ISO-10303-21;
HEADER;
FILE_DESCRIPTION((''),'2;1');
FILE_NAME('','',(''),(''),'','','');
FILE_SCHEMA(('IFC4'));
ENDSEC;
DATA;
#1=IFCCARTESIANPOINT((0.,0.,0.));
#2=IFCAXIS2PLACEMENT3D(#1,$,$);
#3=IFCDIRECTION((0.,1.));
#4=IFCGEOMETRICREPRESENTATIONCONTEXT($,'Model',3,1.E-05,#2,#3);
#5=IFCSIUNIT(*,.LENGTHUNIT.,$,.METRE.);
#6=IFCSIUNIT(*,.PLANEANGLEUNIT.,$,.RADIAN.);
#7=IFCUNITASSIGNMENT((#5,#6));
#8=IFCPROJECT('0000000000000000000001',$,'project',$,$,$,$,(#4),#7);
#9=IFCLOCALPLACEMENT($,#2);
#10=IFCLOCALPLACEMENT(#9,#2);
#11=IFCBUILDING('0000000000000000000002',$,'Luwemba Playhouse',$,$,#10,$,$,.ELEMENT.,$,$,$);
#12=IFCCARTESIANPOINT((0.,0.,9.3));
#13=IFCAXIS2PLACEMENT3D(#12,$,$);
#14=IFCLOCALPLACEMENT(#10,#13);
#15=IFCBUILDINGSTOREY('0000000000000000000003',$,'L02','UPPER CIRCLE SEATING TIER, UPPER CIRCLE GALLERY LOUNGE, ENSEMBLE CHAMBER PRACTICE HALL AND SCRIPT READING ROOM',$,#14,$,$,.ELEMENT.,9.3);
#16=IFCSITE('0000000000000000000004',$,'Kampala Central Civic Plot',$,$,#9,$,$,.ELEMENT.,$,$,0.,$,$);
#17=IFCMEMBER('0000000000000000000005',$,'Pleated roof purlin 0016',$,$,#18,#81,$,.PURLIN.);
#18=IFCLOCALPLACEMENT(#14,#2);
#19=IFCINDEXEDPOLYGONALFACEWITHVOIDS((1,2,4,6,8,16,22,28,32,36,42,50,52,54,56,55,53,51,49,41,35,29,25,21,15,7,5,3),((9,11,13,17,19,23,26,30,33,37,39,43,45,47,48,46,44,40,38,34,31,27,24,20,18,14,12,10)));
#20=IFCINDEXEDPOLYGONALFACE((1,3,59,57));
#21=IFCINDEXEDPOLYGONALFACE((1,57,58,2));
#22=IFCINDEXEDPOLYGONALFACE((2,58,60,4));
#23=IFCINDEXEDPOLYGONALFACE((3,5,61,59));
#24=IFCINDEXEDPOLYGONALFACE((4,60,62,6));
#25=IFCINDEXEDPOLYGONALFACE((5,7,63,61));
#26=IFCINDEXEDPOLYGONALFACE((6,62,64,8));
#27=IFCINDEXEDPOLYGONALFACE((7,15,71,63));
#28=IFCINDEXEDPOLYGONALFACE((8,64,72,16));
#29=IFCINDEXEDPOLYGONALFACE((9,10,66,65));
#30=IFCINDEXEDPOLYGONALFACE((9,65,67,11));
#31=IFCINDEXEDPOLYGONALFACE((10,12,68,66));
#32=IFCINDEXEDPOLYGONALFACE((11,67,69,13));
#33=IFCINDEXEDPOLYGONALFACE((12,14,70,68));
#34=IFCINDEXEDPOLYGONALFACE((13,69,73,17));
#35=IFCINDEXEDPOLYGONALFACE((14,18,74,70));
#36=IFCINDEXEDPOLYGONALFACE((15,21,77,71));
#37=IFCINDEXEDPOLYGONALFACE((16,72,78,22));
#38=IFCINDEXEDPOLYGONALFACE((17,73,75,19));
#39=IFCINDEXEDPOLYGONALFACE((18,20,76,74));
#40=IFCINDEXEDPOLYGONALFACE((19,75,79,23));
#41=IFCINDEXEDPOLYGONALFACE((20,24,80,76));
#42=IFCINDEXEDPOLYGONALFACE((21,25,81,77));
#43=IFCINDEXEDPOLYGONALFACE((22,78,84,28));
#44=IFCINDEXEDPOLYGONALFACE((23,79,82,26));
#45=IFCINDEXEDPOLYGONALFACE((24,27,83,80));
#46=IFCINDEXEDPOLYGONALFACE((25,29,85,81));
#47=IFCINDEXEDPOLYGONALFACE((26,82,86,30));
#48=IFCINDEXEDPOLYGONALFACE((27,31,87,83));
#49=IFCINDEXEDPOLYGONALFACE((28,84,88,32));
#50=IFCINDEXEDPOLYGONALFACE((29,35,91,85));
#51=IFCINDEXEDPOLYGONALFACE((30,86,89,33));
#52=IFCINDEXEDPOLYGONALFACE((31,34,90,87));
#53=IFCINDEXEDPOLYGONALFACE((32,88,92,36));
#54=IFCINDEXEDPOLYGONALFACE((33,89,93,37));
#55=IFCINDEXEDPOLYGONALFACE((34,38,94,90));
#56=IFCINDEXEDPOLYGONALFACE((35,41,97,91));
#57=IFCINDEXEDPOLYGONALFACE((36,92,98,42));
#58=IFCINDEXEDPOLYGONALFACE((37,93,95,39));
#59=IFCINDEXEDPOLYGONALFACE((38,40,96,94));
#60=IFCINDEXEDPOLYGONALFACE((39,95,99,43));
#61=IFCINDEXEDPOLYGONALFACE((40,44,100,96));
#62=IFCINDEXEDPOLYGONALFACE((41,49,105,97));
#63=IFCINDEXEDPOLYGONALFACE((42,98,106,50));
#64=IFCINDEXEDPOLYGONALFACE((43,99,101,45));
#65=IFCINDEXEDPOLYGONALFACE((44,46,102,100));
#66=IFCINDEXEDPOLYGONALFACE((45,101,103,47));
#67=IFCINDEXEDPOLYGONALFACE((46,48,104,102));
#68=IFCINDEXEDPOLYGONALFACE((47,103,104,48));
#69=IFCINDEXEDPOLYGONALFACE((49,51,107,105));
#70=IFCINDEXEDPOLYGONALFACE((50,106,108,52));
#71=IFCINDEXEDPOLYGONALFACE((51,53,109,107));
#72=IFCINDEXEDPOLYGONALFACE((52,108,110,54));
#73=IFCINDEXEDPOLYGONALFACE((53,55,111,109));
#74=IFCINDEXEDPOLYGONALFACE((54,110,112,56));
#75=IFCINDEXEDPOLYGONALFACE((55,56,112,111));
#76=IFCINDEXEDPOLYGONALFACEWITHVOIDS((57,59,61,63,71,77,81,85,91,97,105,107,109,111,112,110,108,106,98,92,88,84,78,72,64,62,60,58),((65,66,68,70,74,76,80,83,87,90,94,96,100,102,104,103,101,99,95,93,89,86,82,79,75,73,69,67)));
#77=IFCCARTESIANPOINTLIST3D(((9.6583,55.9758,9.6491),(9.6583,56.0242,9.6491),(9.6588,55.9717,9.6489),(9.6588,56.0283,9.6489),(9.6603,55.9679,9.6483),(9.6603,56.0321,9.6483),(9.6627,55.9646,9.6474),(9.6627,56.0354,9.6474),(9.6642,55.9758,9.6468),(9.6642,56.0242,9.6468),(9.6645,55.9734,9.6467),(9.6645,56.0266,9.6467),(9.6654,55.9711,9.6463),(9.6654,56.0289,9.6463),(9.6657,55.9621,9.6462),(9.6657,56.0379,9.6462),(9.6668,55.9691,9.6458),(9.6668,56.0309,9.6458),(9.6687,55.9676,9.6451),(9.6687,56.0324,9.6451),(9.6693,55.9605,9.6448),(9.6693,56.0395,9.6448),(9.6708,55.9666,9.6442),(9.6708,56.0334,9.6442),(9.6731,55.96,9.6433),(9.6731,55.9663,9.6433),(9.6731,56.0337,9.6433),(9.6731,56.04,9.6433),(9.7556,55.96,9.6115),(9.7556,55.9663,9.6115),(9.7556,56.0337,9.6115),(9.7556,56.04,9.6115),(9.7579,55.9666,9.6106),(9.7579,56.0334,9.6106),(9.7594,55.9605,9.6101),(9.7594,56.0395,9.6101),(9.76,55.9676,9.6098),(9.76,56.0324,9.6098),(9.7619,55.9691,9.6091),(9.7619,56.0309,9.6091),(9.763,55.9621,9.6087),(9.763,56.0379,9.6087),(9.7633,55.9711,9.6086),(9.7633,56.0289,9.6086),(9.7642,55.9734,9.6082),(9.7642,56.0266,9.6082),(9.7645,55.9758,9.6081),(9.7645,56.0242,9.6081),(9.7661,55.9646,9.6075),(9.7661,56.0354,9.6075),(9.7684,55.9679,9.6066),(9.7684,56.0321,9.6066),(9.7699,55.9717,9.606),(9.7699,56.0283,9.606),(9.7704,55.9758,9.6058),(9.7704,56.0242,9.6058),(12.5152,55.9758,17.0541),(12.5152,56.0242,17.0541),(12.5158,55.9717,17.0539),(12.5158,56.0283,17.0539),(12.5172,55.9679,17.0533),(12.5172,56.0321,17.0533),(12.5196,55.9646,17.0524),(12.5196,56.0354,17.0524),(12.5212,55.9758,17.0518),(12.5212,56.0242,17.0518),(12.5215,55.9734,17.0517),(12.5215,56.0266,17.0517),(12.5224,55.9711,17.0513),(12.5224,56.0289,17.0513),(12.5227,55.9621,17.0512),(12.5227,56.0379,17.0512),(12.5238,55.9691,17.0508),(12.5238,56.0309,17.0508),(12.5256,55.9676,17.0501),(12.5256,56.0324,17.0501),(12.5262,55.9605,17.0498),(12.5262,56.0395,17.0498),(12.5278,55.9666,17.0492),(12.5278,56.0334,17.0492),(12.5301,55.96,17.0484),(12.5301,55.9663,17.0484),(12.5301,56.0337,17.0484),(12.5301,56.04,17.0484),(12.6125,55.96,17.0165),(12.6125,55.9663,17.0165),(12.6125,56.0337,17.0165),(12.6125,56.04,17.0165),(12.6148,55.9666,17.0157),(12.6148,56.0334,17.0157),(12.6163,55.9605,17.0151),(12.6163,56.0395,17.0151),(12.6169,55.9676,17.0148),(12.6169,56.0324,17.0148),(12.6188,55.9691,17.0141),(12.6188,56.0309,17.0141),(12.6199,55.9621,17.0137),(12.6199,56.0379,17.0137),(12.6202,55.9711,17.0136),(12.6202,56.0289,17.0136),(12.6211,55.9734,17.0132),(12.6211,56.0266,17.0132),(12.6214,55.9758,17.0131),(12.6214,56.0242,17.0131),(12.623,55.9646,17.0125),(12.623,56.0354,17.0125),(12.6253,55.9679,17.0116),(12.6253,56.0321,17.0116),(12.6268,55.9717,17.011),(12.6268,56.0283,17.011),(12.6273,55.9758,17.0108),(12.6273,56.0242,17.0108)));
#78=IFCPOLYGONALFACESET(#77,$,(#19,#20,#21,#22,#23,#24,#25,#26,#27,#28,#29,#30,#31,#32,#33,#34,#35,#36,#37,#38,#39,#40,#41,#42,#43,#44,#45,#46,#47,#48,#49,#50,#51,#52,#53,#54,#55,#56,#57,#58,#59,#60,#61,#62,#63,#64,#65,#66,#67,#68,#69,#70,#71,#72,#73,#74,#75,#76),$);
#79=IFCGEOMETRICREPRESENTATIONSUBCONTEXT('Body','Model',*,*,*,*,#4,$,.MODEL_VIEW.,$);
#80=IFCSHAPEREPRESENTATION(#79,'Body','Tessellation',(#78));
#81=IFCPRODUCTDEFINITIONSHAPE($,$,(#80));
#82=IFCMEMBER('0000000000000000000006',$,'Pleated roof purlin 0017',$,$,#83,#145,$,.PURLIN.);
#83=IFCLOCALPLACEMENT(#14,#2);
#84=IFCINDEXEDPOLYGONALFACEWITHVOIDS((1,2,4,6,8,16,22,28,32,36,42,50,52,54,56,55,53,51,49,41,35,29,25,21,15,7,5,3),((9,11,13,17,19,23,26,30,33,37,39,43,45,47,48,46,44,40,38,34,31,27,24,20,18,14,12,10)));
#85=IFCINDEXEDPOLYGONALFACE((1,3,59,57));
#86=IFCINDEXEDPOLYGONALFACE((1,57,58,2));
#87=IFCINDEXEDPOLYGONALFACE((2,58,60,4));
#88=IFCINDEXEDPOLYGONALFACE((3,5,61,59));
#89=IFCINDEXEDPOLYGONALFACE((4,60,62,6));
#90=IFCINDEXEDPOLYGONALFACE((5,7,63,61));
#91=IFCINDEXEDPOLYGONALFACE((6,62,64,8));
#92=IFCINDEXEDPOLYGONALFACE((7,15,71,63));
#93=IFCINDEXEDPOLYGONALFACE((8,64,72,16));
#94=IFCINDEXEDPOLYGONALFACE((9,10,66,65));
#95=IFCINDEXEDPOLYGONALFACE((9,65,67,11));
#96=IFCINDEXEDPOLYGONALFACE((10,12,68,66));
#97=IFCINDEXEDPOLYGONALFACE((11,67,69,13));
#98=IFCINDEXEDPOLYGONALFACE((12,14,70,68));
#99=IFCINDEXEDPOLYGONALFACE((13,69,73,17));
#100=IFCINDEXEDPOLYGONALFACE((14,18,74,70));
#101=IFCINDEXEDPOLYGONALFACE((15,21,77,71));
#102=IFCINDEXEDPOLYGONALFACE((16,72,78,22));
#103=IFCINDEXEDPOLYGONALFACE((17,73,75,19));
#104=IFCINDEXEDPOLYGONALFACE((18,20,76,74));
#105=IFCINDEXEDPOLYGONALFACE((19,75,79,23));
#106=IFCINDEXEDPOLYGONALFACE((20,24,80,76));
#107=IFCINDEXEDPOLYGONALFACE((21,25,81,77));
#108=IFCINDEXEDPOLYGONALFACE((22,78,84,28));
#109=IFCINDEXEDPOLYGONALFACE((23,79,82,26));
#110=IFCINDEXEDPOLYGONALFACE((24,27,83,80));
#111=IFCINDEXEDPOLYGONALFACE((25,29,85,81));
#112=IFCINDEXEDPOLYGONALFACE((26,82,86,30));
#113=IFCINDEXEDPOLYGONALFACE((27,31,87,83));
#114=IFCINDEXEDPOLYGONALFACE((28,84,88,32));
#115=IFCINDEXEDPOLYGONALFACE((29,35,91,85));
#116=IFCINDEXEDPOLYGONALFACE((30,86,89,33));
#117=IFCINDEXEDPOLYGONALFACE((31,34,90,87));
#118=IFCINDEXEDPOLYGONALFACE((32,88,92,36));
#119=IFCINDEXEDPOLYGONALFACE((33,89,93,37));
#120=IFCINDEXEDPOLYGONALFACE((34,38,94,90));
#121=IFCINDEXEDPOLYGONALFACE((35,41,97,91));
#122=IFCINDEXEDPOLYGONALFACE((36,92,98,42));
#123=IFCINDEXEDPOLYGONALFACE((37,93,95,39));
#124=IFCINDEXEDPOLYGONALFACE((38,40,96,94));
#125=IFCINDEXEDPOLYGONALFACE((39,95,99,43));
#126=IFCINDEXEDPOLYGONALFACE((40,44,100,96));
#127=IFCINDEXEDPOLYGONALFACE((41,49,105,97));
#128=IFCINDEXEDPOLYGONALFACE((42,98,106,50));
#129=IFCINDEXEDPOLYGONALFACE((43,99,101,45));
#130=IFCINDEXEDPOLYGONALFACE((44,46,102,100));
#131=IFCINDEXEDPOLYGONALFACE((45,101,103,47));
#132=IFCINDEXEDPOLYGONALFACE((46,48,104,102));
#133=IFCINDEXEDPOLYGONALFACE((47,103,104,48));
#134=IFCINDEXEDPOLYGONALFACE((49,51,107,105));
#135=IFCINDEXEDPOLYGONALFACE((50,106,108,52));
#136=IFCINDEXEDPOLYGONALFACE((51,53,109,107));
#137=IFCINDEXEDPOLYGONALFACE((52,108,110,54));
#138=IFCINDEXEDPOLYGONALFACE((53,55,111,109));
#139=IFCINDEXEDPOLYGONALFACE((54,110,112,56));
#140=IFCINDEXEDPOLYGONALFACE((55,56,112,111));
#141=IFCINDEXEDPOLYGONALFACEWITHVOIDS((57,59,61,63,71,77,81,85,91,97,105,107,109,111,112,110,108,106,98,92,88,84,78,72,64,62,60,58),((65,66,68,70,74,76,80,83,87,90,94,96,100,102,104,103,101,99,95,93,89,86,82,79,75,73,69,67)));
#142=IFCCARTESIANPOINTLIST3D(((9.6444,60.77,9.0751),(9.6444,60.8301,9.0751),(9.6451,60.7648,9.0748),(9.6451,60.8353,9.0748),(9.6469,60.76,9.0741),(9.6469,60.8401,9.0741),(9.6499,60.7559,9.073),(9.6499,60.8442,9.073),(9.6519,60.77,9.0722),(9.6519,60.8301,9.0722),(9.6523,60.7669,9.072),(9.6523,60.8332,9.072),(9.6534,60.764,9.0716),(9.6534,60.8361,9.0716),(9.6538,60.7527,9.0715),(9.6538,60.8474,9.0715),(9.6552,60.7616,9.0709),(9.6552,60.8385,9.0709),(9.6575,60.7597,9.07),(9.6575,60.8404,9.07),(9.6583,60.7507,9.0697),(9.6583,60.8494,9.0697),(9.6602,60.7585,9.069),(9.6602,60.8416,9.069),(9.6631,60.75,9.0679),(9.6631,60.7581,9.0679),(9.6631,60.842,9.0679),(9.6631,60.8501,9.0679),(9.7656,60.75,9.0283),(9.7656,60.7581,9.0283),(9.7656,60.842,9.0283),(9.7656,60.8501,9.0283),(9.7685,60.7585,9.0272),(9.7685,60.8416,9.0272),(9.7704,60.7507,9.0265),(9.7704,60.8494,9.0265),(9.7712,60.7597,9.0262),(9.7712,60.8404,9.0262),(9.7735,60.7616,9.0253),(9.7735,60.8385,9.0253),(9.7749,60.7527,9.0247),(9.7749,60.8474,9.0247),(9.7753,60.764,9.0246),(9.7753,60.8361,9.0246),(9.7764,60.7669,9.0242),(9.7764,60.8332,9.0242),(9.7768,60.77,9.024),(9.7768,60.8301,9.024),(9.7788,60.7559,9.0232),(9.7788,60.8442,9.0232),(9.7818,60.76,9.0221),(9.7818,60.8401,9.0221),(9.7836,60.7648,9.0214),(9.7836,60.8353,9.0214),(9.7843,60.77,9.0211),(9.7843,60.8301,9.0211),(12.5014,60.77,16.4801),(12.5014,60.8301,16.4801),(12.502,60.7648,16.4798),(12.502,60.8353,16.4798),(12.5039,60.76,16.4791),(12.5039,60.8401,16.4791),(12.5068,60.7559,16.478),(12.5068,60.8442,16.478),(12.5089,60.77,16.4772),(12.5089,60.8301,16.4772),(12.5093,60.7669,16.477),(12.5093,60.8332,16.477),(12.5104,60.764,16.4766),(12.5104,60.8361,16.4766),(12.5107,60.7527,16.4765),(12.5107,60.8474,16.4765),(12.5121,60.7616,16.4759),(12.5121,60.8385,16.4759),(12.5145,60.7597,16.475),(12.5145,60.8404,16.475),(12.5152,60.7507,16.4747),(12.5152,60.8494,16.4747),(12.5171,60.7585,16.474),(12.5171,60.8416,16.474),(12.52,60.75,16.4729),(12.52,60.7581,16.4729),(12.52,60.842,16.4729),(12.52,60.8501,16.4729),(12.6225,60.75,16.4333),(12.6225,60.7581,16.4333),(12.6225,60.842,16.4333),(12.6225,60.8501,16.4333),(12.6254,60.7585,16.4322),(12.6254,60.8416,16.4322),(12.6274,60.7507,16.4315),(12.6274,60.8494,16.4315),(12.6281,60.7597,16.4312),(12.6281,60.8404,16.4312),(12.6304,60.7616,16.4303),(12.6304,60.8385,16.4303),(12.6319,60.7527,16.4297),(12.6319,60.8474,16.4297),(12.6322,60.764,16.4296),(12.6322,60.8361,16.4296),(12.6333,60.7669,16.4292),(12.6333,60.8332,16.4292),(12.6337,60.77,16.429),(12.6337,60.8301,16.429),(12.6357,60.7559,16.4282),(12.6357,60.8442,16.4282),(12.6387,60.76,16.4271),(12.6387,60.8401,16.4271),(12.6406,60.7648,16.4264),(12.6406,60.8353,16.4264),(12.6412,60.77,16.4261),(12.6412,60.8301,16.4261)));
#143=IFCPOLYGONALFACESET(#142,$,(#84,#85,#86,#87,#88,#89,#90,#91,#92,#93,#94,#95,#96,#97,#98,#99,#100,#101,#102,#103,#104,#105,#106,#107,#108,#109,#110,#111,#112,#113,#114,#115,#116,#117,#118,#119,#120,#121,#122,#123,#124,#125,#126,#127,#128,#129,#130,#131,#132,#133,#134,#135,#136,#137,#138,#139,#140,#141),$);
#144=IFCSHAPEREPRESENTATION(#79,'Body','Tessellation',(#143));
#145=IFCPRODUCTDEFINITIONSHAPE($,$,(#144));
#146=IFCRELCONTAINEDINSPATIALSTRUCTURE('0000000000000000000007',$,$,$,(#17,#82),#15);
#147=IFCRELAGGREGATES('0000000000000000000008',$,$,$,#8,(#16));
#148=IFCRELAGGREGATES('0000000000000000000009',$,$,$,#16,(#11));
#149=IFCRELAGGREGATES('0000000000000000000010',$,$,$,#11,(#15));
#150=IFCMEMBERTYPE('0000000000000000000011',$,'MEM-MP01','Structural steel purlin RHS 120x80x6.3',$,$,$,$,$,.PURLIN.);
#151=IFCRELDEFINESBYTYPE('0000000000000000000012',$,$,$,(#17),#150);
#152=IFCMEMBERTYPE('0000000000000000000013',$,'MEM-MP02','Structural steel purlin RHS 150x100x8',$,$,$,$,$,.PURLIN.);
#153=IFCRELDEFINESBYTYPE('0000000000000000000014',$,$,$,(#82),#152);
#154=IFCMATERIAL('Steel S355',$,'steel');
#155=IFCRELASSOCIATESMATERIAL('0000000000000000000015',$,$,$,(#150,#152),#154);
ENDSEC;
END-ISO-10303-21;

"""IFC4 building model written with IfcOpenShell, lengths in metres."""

from ifc_helpers import new_model, si_unit, direction, frame, origin, origin_2d, place, context, subcontext, project, spatial, hollow_rectangle, extrude, material, material_profile, profile_set, type_object, element, save


model = new_model("IFC4")

# Units and contexts
model_context = context("Model", 3, precision=1e-05, world=origin(), true_north=direction((0.0, 1.0)))
body_context = subcontext(model_context, "Body", "Model", "MODEL_VIEW")
ifc_project = project(units=[si_unit("LENGTHUNIT", "METRE"), si_unit("PLANEANGLEUNIT", "RADIAN")], contexts=[model_context])

# Site, building, storey
site_placement = place(None, origin())
site = spatial("IfcSite", under=ifc_project, at=site_placement, Name="Kampala Central Civic Plot", CompositionType="ELEMENT", RefElevation=0.0)
building_placement = place(site_placement, origin())
building = spatial("IfcBuilding", under=site, at=building_placement, Name="Luwemba Playhouse", CompositionType="ELEMENT")
storey_placement = place(building_placement, frame((0.0, 0.0, 9.3)))
storey = spatial("IfcBuildingStorey", under=building, at=storey_placement, Name="L02", Description="UPPER CIRCLE SEATING TIER, UPPER CIRCLE GALLERY LOUNGE, ENSEMBLE CHAMBER PRACTICE HALL AND SCRIPT READING ROOM", CompositionType="ELEMENT", Elevation=9.3)

# Shared definitions
ifc_material_1 = material(Name="Steel S355", Category="steel")

# Members
ifc_material_profile_1 = material_profile(ifc_material_1, hollow_rectangle(XDim=0.0801, YDim=0.1201, WallThickness=0.0063, InnerFilletRadius=0.0095, OuterFilletRadius=0.0159, at=origin_2d()))
ifc_profile_set_1 = profile_set([ifc_material_profile_1], Name="Steel S355")
member_type_1 = type_object("IfcMemberType", Name="MEM-MP01", Description="Structural steel purlin RHS 120x80x6.3", PredefinedType="PURLIN", material=ifc_profile_set_1)
member_1_placement = place(storey_placement, frame((9.7144, 56.0, 9.6274), z_axis=(0.35995, 0.0, 0.932972), x_axis=(0.0, 1.0, 0.0)))
element("IfcMember", 1, at=member_1_placement, inside=storey, type_object=member_type_1, Name="Pleated roof purlin 0016", PredefinedType="PURLIN", context=body_context, shape_type="SweptSolid", body=[
    extrude(hollow_rectangle(XDim=0.0801, YDim=0.1201, WallThickness=0.0063, InnerFilletRadius=0.0095, OuterFilletRadius=0.0159, at=origin_2d()), origin(), (0.0, 0.0, 1.0), 7.937),
])
ifc_material_profile_2 = material_profile(ifc_material_1, hollow_rectangle(XDim=0.1001, YDim=0.1499, WallThickness=0.0081, InnerFilletRadius=0.012, OuterFilletRadius=0.02, at=origin_2d()))
ifc_profile_set_2 = profile_set([ifc_material_profile_2], Name="Steel S355")
member_type_2 = type_object("IfcMemberType", Name="MEM-MP02", Description="Structural steel purlin RHS 150x100x8", PredefinedType="PURLIN", material=ifc_profile_set_2)
member_2_placement = place(storey_placement, frame((9.7144, 60.8, 9.0481), z_axis=(0.35995, 0.0, 0.932972), x_axis=(0.0, 1.0, 0.0)))
element("IfcMember", 2, at=member_2_placement, inside=storey, type_object=member_type_2, Name="Pleated roof purlin 0017", PredefinedType="PURLIN", context=body_context, shape_type="SweptSolid", body=[
    extrude(hollow_rectangle(XDim=0.1001, YDim=0.1499, WallThickness=0.0081, InnerFilletRadius=0.012, OuterFilletRadius=0.02, at=origin_2d()), origin(), (0.0, 0.0, 1.0), 7.937),
])

save(model, "model.ifc")
